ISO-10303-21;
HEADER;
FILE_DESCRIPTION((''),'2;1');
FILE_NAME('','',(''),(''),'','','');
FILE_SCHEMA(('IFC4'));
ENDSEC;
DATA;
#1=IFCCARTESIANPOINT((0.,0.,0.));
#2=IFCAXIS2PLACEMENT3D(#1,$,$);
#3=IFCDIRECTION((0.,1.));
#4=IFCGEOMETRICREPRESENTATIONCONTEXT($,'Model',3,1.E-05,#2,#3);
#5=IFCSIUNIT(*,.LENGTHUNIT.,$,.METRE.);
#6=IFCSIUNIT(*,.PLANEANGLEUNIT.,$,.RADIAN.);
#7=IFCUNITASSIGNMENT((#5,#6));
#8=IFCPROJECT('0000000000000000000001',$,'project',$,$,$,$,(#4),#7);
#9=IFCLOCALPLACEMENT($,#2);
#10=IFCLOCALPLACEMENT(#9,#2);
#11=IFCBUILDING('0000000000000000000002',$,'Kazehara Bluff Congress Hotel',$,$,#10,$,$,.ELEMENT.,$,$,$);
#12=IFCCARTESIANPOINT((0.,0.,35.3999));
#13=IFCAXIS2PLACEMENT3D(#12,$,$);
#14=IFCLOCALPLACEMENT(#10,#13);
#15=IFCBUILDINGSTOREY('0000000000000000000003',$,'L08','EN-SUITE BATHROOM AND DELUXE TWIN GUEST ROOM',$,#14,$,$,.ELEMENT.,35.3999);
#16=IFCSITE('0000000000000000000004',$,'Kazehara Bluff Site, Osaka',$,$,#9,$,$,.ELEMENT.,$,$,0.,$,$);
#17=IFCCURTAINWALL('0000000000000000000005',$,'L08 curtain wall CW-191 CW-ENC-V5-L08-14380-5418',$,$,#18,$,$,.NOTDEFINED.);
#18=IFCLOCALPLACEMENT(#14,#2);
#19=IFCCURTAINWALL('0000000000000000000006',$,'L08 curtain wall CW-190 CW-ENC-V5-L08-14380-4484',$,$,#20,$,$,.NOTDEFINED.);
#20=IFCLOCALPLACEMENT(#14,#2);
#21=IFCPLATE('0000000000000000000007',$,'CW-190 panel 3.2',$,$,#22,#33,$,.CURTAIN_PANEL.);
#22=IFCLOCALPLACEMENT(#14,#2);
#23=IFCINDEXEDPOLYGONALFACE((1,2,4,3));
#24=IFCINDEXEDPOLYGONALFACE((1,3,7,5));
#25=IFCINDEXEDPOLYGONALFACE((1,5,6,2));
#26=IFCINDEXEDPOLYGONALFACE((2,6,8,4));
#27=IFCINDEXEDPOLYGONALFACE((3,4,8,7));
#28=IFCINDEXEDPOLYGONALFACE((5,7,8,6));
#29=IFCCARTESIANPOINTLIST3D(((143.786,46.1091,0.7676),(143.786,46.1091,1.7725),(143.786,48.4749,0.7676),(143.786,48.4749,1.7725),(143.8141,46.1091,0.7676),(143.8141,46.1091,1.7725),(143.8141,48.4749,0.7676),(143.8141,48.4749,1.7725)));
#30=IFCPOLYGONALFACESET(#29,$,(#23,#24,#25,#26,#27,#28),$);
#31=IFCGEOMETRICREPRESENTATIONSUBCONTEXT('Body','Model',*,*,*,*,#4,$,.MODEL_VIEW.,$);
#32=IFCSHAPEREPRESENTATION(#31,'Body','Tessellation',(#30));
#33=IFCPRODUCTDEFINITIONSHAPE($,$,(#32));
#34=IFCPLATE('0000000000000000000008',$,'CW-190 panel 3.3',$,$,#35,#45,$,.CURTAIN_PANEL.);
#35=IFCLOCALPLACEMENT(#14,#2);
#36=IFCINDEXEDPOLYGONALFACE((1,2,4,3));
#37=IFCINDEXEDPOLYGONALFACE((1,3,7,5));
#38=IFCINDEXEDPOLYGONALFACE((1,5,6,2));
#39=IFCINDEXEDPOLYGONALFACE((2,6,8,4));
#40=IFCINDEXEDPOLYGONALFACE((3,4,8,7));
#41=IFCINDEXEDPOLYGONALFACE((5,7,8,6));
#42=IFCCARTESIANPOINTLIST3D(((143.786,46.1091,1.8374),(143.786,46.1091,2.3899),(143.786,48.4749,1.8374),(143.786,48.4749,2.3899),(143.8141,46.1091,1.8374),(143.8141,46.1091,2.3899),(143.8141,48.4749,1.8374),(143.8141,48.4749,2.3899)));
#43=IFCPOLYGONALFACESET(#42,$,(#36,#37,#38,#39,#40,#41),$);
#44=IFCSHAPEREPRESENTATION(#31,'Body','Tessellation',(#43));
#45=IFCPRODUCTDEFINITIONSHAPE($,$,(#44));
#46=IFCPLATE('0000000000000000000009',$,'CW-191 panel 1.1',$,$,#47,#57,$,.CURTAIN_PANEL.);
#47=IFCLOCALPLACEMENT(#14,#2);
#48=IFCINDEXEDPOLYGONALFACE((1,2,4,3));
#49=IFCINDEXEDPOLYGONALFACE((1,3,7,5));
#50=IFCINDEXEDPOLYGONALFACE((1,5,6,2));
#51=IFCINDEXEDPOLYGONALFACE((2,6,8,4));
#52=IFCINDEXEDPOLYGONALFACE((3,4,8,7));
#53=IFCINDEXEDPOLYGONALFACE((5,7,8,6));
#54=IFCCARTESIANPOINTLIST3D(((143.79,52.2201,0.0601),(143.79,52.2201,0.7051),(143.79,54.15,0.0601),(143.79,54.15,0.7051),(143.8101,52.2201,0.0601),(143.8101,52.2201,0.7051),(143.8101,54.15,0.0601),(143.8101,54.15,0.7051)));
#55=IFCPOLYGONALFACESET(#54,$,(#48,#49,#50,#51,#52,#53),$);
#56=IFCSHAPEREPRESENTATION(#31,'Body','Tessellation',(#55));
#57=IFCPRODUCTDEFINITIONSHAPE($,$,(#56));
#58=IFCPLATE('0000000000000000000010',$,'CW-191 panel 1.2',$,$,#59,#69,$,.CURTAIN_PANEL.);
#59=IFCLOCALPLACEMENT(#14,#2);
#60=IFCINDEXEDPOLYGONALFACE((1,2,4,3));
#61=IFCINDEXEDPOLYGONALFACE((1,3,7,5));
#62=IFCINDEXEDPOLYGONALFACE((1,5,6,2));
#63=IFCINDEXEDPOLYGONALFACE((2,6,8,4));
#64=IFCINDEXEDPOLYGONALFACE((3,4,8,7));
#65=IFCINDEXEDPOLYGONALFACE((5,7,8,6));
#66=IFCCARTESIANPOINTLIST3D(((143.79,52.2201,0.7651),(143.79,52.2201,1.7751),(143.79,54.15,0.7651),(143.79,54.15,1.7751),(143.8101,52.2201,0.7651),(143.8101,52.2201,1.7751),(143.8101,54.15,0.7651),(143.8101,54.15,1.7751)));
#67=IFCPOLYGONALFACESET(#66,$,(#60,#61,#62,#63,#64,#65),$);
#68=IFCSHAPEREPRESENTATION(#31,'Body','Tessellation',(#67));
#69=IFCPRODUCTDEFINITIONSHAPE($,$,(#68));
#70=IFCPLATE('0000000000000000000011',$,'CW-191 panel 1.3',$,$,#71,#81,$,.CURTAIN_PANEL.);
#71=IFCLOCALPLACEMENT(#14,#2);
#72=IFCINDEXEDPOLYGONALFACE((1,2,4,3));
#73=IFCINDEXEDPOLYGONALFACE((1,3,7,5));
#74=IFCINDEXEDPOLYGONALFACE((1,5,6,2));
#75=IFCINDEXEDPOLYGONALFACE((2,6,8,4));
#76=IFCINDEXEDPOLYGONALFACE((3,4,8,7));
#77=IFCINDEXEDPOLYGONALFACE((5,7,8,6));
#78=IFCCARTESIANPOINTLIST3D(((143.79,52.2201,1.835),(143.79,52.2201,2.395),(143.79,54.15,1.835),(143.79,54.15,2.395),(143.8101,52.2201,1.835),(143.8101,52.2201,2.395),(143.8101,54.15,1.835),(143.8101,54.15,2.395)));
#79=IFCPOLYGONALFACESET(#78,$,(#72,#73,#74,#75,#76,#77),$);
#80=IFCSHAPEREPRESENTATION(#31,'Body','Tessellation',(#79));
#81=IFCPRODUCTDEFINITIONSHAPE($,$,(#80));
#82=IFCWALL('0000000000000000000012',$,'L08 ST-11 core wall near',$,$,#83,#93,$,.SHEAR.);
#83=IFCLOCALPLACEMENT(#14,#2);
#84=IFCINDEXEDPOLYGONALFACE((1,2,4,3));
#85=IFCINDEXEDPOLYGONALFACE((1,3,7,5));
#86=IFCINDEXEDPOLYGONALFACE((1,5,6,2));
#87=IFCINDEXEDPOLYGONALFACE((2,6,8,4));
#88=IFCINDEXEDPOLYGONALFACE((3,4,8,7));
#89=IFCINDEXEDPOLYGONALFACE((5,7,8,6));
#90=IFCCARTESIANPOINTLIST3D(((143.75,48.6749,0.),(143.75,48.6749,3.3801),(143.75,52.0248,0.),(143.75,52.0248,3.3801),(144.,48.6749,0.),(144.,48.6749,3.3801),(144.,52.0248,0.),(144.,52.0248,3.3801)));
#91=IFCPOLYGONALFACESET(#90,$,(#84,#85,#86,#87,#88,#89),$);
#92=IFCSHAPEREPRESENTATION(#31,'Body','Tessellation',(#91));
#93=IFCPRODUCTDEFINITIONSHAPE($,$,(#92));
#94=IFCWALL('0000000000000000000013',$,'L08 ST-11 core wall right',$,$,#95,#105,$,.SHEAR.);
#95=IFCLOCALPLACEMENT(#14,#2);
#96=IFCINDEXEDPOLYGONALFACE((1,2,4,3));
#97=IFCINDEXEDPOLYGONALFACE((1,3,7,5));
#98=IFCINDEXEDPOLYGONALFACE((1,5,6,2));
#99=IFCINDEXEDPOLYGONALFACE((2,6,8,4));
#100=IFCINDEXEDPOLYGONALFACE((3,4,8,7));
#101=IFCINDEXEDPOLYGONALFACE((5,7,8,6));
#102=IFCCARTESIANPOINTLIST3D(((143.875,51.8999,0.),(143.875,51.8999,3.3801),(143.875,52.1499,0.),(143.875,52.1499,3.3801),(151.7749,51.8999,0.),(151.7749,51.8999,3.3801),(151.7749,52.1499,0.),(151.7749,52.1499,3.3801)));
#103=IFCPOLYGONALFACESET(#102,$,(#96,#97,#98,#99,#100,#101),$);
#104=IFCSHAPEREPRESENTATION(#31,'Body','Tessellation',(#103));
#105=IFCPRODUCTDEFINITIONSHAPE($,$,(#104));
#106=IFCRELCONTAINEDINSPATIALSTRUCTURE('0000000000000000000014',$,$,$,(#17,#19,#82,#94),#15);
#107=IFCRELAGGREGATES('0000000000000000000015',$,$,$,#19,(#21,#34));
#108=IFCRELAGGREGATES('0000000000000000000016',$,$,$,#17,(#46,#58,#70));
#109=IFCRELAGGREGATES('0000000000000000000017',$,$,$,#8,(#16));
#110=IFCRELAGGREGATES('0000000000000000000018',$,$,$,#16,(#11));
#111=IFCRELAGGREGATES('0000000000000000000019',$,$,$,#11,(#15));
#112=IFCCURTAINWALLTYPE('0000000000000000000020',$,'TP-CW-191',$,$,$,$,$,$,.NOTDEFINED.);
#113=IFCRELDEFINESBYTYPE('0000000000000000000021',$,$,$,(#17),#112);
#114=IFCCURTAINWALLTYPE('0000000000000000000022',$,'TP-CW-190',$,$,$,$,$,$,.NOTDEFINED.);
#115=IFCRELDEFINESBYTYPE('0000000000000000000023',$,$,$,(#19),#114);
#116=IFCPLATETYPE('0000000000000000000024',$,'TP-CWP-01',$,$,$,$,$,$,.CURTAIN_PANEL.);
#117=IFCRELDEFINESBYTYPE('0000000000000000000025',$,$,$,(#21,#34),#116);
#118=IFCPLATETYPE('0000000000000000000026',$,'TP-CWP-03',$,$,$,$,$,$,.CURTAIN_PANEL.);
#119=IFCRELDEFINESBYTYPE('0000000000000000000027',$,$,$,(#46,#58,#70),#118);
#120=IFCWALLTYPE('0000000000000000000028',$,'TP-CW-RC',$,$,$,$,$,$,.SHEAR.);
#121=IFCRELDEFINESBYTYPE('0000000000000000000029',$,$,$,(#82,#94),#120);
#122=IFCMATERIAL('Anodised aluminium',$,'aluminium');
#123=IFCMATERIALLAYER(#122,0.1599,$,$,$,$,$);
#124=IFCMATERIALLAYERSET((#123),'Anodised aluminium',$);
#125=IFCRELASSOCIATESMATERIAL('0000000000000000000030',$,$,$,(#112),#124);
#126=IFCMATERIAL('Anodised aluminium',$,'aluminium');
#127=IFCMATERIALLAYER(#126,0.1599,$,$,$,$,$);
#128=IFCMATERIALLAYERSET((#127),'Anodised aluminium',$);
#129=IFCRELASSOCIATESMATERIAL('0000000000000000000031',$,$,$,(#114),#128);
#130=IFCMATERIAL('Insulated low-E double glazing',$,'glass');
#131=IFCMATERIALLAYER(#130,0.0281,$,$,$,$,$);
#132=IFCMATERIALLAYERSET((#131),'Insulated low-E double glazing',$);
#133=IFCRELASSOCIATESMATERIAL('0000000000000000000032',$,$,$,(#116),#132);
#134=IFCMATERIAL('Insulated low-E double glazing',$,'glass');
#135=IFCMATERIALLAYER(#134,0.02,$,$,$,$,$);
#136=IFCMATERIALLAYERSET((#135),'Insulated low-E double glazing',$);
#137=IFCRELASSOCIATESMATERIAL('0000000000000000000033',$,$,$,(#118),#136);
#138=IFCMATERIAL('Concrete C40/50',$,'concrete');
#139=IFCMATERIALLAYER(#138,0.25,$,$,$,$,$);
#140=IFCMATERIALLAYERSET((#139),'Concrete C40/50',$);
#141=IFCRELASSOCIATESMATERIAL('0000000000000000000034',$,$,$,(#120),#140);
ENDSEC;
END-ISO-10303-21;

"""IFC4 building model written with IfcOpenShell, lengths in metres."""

from ifc_helpers import new_model, si_unit, direction, frame, frame_2d, origin, origin_2d, place, context, subcontext, project, spatial, rectangle, extrude, material, layer, layer_set, type_object, element, aggregate, save


model = new_model("IFC4")

# Units and contexts
model_context = context("Model", 3, precision=1e-05, world=origin(), true_north=direction((0.0, 1.0)))
body_context = subcontext(model_context, "Body", "Model", "MODEL_VIEW")
ifc_project = project(units=[si_unit("LENGTHUNIT", "METRE"), si_unit("PLANEANGLEUNIT", "RADIAN")], contexts=[model_context])

# Site, building, storey
site_placement = place(None, origin())
site = spatial("IfcSite", under=ifc_project, at=site_placement, Name="Kazehara Bluff Site, Osaka", CompositionType="ELEMENT", RefElevation=0.0)
building_placement = place(site_placement, origin())
building = spatial("IfcBuilding", under=site, at=building_placement, Name="Kazehara Bluff Congress Hotel", CompositionType="ELEMENT")
storey_placement = place(building_placement, frame((0.0, 0.0, 35.3999)))
storey = spatial("IfcBuildingStorey", under=building, at=storey_placement, Name="L08", Description="EN-SUITE BATHROOM AND DELUXE TWIN GUEST ROOM", CompositionType="ELEMENT", Elevation=35.3999)

# Curtain wall
ifc_material_1 = material(Name="Anodised aluminium", Category="aluminium")
ifc_layer_1 = layer(ifc_material_1, 0.1599)
ifc_layer_set_1 = layer_set([ifc_layer_1], Name="Anodised aluminium")
curtain_wall_type_1 = type_object("IfcCurtainWallType", Name="TP-CW-191", PredefinedType="NOTDEFINED", material=ifc_layer_set_1)
curtain_wall_1_placement = place(storey_placement, origin())
curtain_wall_1 = element("IfcCurtainWall", 1, at=curtain_wall_1_placement, inside=storey, type_object=curtain_wall_type_1, Name="L08 curtain wall CW-191 CW-ENC-V5-L08-14380-5418", PredefinedType="NOTDEFINED")

# Curtain wall, plates
ifc_material_2 = material(Name="Anodised aluminium", Category="aluminium")
ifc_layer_2 = layer(ifc_material_2, 0.1599)
ifc_layer_set_2 = layer_set([ifc_layer_2], Name="Anodised aluminium")
curtain_wall_type_2 = type_object("IfcCurtainWallType", Name="TP-CW-190", PredefinedType="NOTDEFINED", material=ifc_layer_set_2)
curtain_wall_2_placement = place(storey_placement, origin())
curtain_wall_2 = element("IfcCurtainWall", 2, at=curtain_wall_2_placement, inside=storey, type_object=curtain_wall_type_2, Name="L08 curtain wall CW-190 CW-ENC-V5-L08-14380-4484", PredefinedType="NOTDEFINED")
ifc_material_3 = material(Name="Insulated low-E double glazing", Category="glass")
ifc_layer_3 = layer(ifc_material_3, 0.0281)
ifc_layer_set_3 = layer_set([ifc_layer_3], Name="Insulated low-E double glazing")
plate_type_1 = type_object("IfcPlateType", Name="TP-CWP-01", PredefinedType="CURTAIN_PANEL", material=ifc_layer_set_3)
plate_1_placement = place(storey_placement, frame((143.8, 47.292, 0.7676), z_axis=(0.0, 0.0, 1.0), x_axis=(0.0, 1.0, 0.0)))
plate_1 = element("IfcPlate", 3, at=plate_1_placement, type_object=plate_type_1, Name="CW-190 panel 3.2", PredefinedType="CURTAIN_PANEL", context=body_context, shape_type="SweptSolid", body=[
    extrude(rectangle(XDim=2.3657, YDim=0.0281, at=origin_2d()), origin(), (0.0, 0.0, 1.0), 1.0049),
])
plate_2_placement = place(storey_placement, frame((143.8, 47.292, 1.8374), z_axis=(0.0, 0.0, 1.0), x_axis=(0.0, 1.0, 0.0)))
plate_2 = element("IfcPlate", 4, at=plate_2_placement, type_object=plate_type_1, Name="CW-190 panel 3.3", PredefinedType="CURTAIN_PANEL", context=body_context, shape_type="SweptSolid", body=[
    extrude(rectangle(XDim=2.3657, YDim=0.0281, at=origin_2d()), origin(), (0.0, 0.0, 1.0), 0.5525),
])
aggregate(curtain_wall_2, [plate_1, plate_2])

# Plates
ifc_material_4 = material(Name="Insulated low-E double glazing", Category="glass")
ifc_layer_4 = layer(ifc_material_4, 0.02)
ifc_layer_set_4 = layer_set([ifc_layer_4], Name="Insulated low-E double glazing")
plate_type_2 = type_object("IfcPlateType", Name="TP-CWP-03", PredefinedType="CURTAIN_PANEL", material=ifc_layer_set_4)
plate_3_placement = place(storey_placement, frame((143.8, 53.1851, 0.0601), z_axis=(0.0, 0.0, 1.0), x_axis=(0.0, 1.0, 0.0)))
plate_3 = element("IfcPlate", 5, at=plate_3_placement, type_object=plate_type_2, Name="CW-191 panel 1.1", PredefinedType="CURTAIN_PANEL", context=body_context, shape_type="SweptSolid", body=[
    extrude(rectangle(XDim=1.9299, YDim=0.02, at=origin_2d()), origin(), (0.0, 0.0, 1.0), 0.645),
])
plate_4_placement = place(storey_placement, frame((143.8, 53.1851, 0.7651), z_axis=(0.0, 0.0, 1.0), x_axis=(0.0, 1.0, 0.0)))
plate_4 = element("IfcPlate", 6, at=plate_4_placement, type_object=plate_type_2, Name="CW-191 panel 1.2", PredefinedType="CURTAIN_PANEL", context=body_context, shape_type="SweptSolid", body=[
    extrude(rectangle(XDim=1.9299, YDim=0.02, at=origin_2d()), origin(), (0.0, 0.0, 1.0), 1.01),
])
plate_5_placement = place(storey_placement, frame((143.8, 53.1851, 1.835), z_axis=(0.0, 0.0, 1.0), x_axis=(0.0, 1.0, 0.0)))
plate_5 = element("IfcPlate", 7, at=plate_5_placement, type_object=plate_type_2, Name="CW-191 panel 1.3", PredefinedType="CURTAIN_PANEL", context=body_context, shape_type="SweptSolid", body=[
    extrude(rectangle(XDim=1.9299, YDim=0.02, at=origin_2d()), origin(), (0.0, 0.0, 1.0), 0.5601),
])
aggregate(curtain_wall_1, [plate_3, plate_4, plate_5])

# Walls
ifc_material_5 = material(Name="Concrete C40/50", Category="concrete")
ifc_layer_5 = layer(ifc_material_5, 0.25)
ifc_layer_set_5 = layer_set([ifc_layer_5], Name="Concrete C40/50")
wall_type = type_object("IfcWallType", Name="TP-CW-RC", PredefinedType="SHEAR", material=ifc_layer_set_5)
wall_1_placement = place(storey_placement, frame((143.875, 48.675, 0.0), z_axis=(0.0, 0.0, 1.0), x_axis=(0.0, 1.0, 0.0)))
element("IfcWall", 8, at=wall_1_placement, inside=storey, type_object=wall_type, Name="L08 ST-11 core wall near", PredefinedType="SHEAR", context=body_context, shape_type="SweptSolid", body=[
    extrude(rectangle(XDim=3.3499, YDim=0.25, at=frame_2d((1.6748, 0.0))), origin(), (0.0, 0.0, 1.0), 3.3801),
])
wall_2_placement = place(storey_placement, frame((143.875, 52.0249, 0.0), z_axis=(0.0, 0.0, 1.0), x_axis=(1.0, 0.0, 0.0)))
element("IfcWall", 9, at=wall_2_placement, inside=storey, type_object=wall_type, Name="L08 ST-11 core wall right", PredefinedType="SHEAR", context=body_context, shape_type="SweptSolid", body=[
    extrude(rectangle(XDim=7.8999, YDim=0.25, at=frame_2d((3.95, 0.0))), origin(), (0.0, 0.0, 1.0), 3.3801),
])

save(model, "model.ifc")
